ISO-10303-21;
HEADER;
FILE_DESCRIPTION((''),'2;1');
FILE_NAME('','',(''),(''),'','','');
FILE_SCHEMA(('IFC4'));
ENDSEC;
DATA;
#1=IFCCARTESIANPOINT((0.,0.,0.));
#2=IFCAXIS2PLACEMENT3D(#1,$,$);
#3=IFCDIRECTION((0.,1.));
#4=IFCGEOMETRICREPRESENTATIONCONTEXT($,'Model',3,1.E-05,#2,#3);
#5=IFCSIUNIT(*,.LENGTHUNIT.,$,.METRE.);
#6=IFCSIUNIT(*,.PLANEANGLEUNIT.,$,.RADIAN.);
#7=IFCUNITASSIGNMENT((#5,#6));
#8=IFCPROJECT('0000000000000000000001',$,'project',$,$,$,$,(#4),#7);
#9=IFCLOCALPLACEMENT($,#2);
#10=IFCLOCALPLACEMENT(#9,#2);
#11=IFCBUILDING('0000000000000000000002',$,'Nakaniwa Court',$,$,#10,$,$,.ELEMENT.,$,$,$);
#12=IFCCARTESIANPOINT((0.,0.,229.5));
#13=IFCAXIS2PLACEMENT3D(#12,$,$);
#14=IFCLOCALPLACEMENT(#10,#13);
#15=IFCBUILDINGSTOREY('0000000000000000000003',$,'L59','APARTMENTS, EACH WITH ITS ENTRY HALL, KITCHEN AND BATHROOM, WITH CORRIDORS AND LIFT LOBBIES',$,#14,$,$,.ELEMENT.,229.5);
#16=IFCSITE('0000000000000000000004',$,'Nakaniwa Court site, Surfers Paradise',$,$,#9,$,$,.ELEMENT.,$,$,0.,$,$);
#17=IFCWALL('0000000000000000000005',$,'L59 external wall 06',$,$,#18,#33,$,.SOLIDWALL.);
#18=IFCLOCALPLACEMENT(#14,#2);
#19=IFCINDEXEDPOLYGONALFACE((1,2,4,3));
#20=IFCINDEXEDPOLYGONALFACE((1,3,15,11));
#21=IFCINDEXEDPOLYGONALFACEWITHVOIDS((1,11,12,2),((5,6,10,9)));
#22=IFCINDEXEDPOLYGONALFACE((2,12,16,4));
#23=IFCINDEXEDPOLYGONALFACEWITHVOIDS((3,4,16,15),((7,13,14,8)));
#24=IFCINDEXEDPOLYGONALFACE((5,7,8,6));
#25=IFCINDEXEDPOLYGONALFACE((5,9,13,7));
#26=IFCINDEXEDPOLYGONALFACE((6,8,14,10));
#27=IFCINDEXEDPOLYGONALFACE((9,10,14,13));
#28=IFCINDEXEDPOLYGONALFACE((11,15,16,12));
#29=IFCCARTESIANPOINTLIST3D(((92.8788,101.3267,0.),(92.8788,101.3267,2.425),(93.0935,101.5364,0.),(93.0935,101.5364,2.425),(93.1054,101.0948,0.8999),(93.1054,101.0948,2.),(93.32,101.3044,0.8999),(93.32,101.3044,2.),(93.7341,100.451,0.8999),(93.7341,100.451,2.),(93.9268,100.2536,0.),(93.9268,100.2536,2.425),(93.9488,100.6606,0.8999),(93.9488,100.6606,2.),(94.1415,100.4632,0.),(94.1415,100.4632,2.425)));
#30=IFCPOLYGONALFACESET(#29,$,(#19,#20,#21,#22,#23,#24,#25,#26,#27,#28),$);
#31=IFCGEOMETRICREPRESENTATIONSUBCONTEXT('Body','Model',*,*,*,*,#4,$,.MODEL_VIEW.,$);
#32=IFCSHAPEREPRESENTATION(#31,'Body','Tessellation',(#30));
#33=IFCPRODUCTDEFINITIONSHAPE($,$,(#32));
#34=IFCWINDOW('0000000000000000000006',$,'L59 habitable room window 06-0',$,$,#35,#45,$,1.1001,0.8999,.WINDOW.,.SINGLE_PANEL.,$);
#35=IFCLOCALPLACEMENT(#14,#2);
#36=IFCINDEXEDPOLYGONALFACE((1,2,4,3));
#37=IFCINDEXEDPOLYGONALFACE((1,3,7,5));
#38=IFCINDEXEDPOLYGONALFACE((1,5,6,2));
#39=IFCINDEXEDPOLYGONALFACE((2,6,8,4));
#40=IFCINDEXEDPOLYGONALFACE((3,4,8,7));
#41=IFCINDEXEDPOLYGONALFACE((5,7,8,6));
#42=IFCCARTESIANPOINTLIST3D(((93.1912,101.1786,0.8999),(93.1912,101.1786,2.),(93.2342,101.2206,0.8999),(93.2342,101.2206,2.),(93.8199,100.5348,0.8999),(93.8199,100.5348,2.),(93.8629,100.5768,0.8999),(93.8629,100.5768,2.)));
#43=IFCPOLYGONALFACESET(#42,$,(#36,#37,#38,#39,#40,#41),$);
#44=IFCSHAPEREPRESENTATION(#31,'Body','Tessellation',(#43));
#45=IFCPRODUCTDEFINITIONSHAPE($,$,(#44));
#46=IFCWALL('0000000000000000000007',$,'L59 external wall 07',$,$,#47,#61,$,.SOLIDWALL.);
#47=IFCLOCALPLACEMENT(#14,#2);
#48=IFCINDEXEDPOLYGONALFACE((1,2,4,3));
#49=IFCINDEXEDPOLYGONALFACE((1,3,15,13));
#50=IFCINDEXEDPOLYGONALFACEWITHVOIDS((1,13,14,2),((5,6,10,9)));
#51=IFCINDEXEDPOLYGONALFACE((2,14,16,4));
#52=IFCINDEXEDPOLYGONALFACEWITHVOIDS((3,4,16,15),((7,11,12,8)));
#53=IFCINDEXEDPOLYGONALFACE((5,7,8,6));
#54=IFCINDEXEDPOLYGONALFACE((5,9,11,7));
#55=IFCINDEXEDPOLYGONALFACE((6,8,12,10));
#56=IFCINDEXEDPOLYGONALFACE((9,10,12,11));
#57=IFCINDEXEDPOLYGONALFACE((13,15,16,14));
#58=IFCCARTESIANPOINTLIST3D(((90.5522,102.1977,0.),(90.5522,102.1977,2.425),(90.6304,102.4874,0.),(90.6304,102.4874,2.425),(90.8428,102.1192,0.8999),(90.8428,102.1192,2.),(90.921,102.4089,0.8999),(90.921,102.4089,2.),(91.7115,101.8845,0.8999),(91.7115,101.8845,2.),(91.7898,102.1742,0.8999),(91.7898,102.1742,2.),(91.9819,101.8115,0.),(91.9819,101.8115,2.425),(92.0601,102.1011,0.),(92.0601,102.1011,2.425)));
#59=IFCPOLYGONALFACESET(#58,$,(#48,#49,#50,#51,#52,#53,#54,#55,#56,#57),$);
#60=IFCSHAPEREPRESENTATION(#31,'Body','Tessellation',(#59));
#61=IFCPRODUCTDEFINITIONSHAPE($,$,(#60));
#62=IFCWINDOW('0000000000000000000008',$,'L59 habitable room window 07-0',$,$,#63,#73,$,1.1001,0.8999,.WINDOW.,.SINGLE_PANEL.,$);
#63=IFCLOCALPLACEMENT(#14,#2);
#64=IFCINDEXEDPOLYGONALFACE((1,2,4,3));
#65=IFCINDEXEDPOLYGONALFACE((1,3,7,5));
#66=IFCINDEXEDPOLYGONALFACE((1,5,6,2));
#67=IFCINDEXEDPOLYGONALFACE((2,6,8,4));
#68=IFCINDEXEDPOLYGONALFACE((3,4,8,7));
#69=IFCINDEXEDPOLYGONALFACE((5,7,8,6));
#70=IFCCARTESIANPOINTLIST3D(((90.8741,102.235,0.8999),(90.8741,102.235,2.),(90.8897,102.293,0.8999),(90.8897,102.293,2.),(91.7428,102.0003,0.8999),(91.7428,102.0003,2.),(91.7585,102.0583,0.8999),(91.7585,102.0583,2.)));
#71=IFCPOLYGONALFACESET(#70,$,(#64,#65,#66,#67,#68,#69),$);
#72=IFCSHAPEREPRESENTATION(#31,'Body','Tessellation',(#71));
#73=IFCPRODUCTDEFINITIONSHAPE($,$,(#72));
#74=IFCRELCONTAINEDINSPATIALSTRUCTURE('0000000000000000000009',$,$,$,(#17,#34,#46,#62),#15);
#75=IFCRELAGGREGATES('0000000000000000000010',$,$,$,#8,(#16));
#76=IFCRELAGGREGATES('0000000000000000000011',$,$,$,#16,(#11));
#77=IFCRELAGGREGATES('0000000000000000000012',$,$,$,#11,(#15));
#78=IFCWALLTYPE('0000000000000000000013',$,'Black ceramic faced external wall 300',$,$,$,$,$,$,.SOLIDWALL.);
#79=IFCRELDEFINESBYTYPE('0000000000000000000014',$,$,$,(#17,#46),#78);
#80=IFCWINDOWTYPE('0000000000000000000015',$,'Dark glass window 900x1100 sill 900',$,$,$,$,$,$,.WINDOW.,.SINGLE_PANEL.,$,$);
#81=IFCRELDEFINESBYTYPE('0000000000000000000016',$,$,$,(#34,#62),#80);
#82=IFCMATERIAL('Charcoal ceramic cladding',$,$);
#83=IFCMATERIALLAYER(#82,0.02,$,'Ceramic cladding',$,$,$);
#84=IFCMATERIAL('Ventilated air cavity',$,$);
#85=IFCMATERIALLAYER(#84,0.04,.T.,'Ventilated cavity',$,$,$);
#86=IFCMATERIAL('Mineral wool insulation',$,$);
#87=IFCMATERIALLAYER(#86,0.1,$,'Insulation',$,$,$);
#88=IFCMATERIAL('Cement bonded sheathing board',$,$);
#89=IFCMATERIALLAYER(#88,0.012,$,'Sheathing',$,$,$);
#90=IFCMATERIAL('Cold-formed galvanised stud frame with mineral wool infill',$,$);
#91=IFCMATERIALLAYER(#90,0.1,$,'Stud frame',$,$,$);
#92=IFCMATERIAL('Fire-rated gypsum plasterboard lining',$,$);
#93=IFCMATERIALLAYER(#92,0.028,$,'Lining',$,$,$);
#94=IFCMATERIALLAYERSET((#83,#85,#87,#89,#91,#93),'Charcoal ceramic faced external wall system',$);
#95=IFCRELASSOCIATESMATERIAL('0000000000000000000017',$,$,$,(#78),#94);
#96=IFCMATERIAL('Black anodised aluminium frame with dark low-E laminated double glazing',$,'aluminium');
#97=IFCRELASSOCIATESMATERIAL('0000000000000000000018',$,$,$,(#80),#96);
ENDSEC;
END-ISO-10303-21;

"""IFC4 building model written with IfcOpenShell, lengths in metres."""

from ifc_helpers import new_model, si_unit, direction, frame, frame_2d, origin, place, context, subcontext, project, spatial, rectangle, extrude, material, layer, layer_set, type_object, element, fill, save


model = new_model("IFC4")

# Units and contexts
model_context = context("Model", 3, precision=1e-05, world=origin(), true_north=direction((0.0, 1.0)))
body_context = subcontext(model_context, "Body", "Model", "MODEL_VIEW")
ifc_project = project(units=[si_unit("LENGTHUNIT", "METRE"), si_unit("PLANEANGLEUNIT", "RADIAN")], contexts=[model_context])

# Site, building, storey
site_placement = place(None, origin())
site = spatial("IfcSite", under=ifc_project, at=site_placement, Name="Nakaniwa Court site, Surfers Paradise", CompositionType="ELEMENT", RefElevation=0.0)
building_placement = place(site_placement, origin())
building = spatial("IfcBuilding", under=site, at=building_placement, Name="Nakaniwa Court", CompositionType="ELEMENT")
storey_placement = place(building_placement, frame((0.0, 0.0, 229.5)))
storey = spatial("IfcBuildingStorey", under=building, at=storey_placement, Name="L59", Description="APARTMENTS, EACH WITH ITS ENTRY HALL, KITCHEN AND BATHROOM, WITH CORRIDORS AND LIFT LOBBIES", CompositionType="ELEMENT", Elevation=229.5)

# Walls, openings, windows
ifc_material_1 = material(Name="Charcoal ceramic cladding")
ifc_layer_1 = layer(ifc_material_1, 0.02, Name="Ceramic cladding")
ifc_material_2 = material(Name="Ventilated air cavity")
ifc_layer_2 = layer(ifc_material_2, 0.04, ventilated=True, Name="Ventilated cavity")
ifc_material_3 = material(Name="Mineral wool insulation")
ifc_layer_3 = layer(ifc_material_3, 0.1, Name="Insulation")
ifc_material_4 = material(Name="Cement bonded sheathing board")
ifc_layer_4 = layer(ifc_material_4, 0.012, Name="Sheathing")
ifc_material_5 = material(Name="Cold-formed galvanised stud frame with mineral wool infill")
ifc_layer_5 = layer(ifc_material_5, 0.1, Name="Stud frame")
ifc_material_6 = material(Name="Fire-rated gypsum plasterboard lining")
ifc_layer_6 = layer(ifc_material_6, 0.028, Name="Lining")
ifc_layer_set_1 = layer_set([ifc_layer_1, ifc_layer_2, ifc_layer_3, ifc_layer_4, ifc_layer_5, ifc_layer_6], Name="Charcoal ceramic faced external wall system")
wall_type_1 = type_object("IfcWallType", Name="Black ceramic faced external wall 300", PredefinedType="SOLIDWALL", material=ifc_layer_set_1)
wall_1_placement = place(storey_placement, frame((94.0342, 100.3584, 0.0), z_axis=(0.0, 0.0, 1.0), x_axis=(-0.698676, 0.715439, 0.0)))
wall_1 = element("IfcWall", 1, at=wall_1_placement, inside=storey, type_object=wall_type_1, Name="L59 external wall 06", PredefinedType="SOLIDWALL", context=body_context, shape_type="SweptSolid", body=[
    extrude(rectangle(XDim=1.5, YDim=0.3, at=frame_2d((0.75, 0.0))), origin(), (0.0, 0.0, 1.0), 2.425),
])
opening_1_placement = place(wall_1_placement, frame((0.2759, 0.0, 0.8999)))
opening_1 = element("IfcOpeningElement", 2, at=opening_1_placement, cuts=wall_1, PredefinedType="OPENING", context=body_context, shape_type="SweptSolid", body=[
    extrude(rectangle(XDim=0.8999, YDim=1.1001, at=frame_2d((0.45, 0.55))), frame((0.0, 0.1599, 0.0), z_axis=(0.0, -1.0, 0.0), x_axis=(1.0, 0.0, 0.0)), (0.0, 0.0, 1.0), 0.3201),
])
ifc_material_7 = material(Name="Black anodised aluminium frame with dark low-E laminated double glazing", Category="aluminium")
window_type = type_object("IfcWindowType", Name="Dark glass window 900x1100 sill 900", PartitioningType="SINGLE_PANEL", PredefinedType="WINDOW", material=ifc_material_7)
window_1_placement = place(opening_1_placement, origin())
window_1 = element("IfcWindow", 3, at=window_1_placement, inside=storey, type_object=window_type, Name="L59 habitable room window 06-0", OverallHeight=1.1001, OverallWidth=0.8999, PartitioningType="SINGLE_PANEL", PredefinedType="WINDOW", context=body_context, shape_type="SweptSolid", body=[
    extrude(rectangle(XDim=0.8999, YDim=1.1001, at=frame_2d((0.45, 0.55))), frame((0.0, 0.03, 0.0), z_axis=(0.0, -1.0, 0.0), x_axis=(1.0, 0.0, 0.0)), (0.0, 0.0, 1.0), 0.0601),
])
fill(opening_1, window_1)
wall_2_placement = place(storey_placement, frame((92.021, 101.9563, 0.0), z_axis=(0.0, 0.0, 1.0), x_axis=(-0.965393, 0.260801, 0.0)))
wall_2 = element("IfcWall", 4, at=wall_2_placement, inside=storey, type_object=wall_type_1, Name="L59 external wall 07", PredefinedType="SOLIDWALL", context=body_context, shape_type="SweptSolid", body=[
    extrude(rectangle(XDim=1.481, YDim=0.3, at=frame_2d((0.7405, 0.0))), origin(), (0.0, 0.0, 1.0), 2.425),
])
opening_2_placement = place(wall_2_placement, frame((0.28, 0.0, 0.8999)))
opening_2 = element("IfcOpeningElement", 5, at=opening_2_placement, cuts=wall_2, PredefinedType="OPENING", context=body_context, shape_type="SweptSolid", body=[
    extrude(rectangle(XDim=0.8999, YDim=1.1001, at=frame_2d((0.45, 0.55))), frame((0.0, 0.1599, 0.0), z_axis=(0.0, -1.0, 0.0), x_axis=(1.0, 0.0, 0.0)), (0.0, 0.0, 1.0), 0.3201),
])
window_2_placement = place(opening_2_placement, origin())
window_2 = element("IfcWindow", 6, at=window_2_placement, inside=storey, type_object=window_type, Name="L59 habitable room window 07-0", OverallHeight=1.1001, OverallWidth=0.8999, PartitioningType="SINGLE_PANEL", PredefinedType="WINDOW", context=body_context, shape_type="SweptSolid", body=[
    extrude(rectangle(XDim=0.8999, YDim=1.1001, at=frame_2d((0.45, 0.55))), frame((0.0, 0.03, 0.0), z_axis=(0.0, -1.0, 0.0), x_axis=(1.0, 0.0, 0.0)), (0.0, 0.0, 1.0), 0.0601),
])
fill(opening_2, window_2)

save(model, "model.ifc")
